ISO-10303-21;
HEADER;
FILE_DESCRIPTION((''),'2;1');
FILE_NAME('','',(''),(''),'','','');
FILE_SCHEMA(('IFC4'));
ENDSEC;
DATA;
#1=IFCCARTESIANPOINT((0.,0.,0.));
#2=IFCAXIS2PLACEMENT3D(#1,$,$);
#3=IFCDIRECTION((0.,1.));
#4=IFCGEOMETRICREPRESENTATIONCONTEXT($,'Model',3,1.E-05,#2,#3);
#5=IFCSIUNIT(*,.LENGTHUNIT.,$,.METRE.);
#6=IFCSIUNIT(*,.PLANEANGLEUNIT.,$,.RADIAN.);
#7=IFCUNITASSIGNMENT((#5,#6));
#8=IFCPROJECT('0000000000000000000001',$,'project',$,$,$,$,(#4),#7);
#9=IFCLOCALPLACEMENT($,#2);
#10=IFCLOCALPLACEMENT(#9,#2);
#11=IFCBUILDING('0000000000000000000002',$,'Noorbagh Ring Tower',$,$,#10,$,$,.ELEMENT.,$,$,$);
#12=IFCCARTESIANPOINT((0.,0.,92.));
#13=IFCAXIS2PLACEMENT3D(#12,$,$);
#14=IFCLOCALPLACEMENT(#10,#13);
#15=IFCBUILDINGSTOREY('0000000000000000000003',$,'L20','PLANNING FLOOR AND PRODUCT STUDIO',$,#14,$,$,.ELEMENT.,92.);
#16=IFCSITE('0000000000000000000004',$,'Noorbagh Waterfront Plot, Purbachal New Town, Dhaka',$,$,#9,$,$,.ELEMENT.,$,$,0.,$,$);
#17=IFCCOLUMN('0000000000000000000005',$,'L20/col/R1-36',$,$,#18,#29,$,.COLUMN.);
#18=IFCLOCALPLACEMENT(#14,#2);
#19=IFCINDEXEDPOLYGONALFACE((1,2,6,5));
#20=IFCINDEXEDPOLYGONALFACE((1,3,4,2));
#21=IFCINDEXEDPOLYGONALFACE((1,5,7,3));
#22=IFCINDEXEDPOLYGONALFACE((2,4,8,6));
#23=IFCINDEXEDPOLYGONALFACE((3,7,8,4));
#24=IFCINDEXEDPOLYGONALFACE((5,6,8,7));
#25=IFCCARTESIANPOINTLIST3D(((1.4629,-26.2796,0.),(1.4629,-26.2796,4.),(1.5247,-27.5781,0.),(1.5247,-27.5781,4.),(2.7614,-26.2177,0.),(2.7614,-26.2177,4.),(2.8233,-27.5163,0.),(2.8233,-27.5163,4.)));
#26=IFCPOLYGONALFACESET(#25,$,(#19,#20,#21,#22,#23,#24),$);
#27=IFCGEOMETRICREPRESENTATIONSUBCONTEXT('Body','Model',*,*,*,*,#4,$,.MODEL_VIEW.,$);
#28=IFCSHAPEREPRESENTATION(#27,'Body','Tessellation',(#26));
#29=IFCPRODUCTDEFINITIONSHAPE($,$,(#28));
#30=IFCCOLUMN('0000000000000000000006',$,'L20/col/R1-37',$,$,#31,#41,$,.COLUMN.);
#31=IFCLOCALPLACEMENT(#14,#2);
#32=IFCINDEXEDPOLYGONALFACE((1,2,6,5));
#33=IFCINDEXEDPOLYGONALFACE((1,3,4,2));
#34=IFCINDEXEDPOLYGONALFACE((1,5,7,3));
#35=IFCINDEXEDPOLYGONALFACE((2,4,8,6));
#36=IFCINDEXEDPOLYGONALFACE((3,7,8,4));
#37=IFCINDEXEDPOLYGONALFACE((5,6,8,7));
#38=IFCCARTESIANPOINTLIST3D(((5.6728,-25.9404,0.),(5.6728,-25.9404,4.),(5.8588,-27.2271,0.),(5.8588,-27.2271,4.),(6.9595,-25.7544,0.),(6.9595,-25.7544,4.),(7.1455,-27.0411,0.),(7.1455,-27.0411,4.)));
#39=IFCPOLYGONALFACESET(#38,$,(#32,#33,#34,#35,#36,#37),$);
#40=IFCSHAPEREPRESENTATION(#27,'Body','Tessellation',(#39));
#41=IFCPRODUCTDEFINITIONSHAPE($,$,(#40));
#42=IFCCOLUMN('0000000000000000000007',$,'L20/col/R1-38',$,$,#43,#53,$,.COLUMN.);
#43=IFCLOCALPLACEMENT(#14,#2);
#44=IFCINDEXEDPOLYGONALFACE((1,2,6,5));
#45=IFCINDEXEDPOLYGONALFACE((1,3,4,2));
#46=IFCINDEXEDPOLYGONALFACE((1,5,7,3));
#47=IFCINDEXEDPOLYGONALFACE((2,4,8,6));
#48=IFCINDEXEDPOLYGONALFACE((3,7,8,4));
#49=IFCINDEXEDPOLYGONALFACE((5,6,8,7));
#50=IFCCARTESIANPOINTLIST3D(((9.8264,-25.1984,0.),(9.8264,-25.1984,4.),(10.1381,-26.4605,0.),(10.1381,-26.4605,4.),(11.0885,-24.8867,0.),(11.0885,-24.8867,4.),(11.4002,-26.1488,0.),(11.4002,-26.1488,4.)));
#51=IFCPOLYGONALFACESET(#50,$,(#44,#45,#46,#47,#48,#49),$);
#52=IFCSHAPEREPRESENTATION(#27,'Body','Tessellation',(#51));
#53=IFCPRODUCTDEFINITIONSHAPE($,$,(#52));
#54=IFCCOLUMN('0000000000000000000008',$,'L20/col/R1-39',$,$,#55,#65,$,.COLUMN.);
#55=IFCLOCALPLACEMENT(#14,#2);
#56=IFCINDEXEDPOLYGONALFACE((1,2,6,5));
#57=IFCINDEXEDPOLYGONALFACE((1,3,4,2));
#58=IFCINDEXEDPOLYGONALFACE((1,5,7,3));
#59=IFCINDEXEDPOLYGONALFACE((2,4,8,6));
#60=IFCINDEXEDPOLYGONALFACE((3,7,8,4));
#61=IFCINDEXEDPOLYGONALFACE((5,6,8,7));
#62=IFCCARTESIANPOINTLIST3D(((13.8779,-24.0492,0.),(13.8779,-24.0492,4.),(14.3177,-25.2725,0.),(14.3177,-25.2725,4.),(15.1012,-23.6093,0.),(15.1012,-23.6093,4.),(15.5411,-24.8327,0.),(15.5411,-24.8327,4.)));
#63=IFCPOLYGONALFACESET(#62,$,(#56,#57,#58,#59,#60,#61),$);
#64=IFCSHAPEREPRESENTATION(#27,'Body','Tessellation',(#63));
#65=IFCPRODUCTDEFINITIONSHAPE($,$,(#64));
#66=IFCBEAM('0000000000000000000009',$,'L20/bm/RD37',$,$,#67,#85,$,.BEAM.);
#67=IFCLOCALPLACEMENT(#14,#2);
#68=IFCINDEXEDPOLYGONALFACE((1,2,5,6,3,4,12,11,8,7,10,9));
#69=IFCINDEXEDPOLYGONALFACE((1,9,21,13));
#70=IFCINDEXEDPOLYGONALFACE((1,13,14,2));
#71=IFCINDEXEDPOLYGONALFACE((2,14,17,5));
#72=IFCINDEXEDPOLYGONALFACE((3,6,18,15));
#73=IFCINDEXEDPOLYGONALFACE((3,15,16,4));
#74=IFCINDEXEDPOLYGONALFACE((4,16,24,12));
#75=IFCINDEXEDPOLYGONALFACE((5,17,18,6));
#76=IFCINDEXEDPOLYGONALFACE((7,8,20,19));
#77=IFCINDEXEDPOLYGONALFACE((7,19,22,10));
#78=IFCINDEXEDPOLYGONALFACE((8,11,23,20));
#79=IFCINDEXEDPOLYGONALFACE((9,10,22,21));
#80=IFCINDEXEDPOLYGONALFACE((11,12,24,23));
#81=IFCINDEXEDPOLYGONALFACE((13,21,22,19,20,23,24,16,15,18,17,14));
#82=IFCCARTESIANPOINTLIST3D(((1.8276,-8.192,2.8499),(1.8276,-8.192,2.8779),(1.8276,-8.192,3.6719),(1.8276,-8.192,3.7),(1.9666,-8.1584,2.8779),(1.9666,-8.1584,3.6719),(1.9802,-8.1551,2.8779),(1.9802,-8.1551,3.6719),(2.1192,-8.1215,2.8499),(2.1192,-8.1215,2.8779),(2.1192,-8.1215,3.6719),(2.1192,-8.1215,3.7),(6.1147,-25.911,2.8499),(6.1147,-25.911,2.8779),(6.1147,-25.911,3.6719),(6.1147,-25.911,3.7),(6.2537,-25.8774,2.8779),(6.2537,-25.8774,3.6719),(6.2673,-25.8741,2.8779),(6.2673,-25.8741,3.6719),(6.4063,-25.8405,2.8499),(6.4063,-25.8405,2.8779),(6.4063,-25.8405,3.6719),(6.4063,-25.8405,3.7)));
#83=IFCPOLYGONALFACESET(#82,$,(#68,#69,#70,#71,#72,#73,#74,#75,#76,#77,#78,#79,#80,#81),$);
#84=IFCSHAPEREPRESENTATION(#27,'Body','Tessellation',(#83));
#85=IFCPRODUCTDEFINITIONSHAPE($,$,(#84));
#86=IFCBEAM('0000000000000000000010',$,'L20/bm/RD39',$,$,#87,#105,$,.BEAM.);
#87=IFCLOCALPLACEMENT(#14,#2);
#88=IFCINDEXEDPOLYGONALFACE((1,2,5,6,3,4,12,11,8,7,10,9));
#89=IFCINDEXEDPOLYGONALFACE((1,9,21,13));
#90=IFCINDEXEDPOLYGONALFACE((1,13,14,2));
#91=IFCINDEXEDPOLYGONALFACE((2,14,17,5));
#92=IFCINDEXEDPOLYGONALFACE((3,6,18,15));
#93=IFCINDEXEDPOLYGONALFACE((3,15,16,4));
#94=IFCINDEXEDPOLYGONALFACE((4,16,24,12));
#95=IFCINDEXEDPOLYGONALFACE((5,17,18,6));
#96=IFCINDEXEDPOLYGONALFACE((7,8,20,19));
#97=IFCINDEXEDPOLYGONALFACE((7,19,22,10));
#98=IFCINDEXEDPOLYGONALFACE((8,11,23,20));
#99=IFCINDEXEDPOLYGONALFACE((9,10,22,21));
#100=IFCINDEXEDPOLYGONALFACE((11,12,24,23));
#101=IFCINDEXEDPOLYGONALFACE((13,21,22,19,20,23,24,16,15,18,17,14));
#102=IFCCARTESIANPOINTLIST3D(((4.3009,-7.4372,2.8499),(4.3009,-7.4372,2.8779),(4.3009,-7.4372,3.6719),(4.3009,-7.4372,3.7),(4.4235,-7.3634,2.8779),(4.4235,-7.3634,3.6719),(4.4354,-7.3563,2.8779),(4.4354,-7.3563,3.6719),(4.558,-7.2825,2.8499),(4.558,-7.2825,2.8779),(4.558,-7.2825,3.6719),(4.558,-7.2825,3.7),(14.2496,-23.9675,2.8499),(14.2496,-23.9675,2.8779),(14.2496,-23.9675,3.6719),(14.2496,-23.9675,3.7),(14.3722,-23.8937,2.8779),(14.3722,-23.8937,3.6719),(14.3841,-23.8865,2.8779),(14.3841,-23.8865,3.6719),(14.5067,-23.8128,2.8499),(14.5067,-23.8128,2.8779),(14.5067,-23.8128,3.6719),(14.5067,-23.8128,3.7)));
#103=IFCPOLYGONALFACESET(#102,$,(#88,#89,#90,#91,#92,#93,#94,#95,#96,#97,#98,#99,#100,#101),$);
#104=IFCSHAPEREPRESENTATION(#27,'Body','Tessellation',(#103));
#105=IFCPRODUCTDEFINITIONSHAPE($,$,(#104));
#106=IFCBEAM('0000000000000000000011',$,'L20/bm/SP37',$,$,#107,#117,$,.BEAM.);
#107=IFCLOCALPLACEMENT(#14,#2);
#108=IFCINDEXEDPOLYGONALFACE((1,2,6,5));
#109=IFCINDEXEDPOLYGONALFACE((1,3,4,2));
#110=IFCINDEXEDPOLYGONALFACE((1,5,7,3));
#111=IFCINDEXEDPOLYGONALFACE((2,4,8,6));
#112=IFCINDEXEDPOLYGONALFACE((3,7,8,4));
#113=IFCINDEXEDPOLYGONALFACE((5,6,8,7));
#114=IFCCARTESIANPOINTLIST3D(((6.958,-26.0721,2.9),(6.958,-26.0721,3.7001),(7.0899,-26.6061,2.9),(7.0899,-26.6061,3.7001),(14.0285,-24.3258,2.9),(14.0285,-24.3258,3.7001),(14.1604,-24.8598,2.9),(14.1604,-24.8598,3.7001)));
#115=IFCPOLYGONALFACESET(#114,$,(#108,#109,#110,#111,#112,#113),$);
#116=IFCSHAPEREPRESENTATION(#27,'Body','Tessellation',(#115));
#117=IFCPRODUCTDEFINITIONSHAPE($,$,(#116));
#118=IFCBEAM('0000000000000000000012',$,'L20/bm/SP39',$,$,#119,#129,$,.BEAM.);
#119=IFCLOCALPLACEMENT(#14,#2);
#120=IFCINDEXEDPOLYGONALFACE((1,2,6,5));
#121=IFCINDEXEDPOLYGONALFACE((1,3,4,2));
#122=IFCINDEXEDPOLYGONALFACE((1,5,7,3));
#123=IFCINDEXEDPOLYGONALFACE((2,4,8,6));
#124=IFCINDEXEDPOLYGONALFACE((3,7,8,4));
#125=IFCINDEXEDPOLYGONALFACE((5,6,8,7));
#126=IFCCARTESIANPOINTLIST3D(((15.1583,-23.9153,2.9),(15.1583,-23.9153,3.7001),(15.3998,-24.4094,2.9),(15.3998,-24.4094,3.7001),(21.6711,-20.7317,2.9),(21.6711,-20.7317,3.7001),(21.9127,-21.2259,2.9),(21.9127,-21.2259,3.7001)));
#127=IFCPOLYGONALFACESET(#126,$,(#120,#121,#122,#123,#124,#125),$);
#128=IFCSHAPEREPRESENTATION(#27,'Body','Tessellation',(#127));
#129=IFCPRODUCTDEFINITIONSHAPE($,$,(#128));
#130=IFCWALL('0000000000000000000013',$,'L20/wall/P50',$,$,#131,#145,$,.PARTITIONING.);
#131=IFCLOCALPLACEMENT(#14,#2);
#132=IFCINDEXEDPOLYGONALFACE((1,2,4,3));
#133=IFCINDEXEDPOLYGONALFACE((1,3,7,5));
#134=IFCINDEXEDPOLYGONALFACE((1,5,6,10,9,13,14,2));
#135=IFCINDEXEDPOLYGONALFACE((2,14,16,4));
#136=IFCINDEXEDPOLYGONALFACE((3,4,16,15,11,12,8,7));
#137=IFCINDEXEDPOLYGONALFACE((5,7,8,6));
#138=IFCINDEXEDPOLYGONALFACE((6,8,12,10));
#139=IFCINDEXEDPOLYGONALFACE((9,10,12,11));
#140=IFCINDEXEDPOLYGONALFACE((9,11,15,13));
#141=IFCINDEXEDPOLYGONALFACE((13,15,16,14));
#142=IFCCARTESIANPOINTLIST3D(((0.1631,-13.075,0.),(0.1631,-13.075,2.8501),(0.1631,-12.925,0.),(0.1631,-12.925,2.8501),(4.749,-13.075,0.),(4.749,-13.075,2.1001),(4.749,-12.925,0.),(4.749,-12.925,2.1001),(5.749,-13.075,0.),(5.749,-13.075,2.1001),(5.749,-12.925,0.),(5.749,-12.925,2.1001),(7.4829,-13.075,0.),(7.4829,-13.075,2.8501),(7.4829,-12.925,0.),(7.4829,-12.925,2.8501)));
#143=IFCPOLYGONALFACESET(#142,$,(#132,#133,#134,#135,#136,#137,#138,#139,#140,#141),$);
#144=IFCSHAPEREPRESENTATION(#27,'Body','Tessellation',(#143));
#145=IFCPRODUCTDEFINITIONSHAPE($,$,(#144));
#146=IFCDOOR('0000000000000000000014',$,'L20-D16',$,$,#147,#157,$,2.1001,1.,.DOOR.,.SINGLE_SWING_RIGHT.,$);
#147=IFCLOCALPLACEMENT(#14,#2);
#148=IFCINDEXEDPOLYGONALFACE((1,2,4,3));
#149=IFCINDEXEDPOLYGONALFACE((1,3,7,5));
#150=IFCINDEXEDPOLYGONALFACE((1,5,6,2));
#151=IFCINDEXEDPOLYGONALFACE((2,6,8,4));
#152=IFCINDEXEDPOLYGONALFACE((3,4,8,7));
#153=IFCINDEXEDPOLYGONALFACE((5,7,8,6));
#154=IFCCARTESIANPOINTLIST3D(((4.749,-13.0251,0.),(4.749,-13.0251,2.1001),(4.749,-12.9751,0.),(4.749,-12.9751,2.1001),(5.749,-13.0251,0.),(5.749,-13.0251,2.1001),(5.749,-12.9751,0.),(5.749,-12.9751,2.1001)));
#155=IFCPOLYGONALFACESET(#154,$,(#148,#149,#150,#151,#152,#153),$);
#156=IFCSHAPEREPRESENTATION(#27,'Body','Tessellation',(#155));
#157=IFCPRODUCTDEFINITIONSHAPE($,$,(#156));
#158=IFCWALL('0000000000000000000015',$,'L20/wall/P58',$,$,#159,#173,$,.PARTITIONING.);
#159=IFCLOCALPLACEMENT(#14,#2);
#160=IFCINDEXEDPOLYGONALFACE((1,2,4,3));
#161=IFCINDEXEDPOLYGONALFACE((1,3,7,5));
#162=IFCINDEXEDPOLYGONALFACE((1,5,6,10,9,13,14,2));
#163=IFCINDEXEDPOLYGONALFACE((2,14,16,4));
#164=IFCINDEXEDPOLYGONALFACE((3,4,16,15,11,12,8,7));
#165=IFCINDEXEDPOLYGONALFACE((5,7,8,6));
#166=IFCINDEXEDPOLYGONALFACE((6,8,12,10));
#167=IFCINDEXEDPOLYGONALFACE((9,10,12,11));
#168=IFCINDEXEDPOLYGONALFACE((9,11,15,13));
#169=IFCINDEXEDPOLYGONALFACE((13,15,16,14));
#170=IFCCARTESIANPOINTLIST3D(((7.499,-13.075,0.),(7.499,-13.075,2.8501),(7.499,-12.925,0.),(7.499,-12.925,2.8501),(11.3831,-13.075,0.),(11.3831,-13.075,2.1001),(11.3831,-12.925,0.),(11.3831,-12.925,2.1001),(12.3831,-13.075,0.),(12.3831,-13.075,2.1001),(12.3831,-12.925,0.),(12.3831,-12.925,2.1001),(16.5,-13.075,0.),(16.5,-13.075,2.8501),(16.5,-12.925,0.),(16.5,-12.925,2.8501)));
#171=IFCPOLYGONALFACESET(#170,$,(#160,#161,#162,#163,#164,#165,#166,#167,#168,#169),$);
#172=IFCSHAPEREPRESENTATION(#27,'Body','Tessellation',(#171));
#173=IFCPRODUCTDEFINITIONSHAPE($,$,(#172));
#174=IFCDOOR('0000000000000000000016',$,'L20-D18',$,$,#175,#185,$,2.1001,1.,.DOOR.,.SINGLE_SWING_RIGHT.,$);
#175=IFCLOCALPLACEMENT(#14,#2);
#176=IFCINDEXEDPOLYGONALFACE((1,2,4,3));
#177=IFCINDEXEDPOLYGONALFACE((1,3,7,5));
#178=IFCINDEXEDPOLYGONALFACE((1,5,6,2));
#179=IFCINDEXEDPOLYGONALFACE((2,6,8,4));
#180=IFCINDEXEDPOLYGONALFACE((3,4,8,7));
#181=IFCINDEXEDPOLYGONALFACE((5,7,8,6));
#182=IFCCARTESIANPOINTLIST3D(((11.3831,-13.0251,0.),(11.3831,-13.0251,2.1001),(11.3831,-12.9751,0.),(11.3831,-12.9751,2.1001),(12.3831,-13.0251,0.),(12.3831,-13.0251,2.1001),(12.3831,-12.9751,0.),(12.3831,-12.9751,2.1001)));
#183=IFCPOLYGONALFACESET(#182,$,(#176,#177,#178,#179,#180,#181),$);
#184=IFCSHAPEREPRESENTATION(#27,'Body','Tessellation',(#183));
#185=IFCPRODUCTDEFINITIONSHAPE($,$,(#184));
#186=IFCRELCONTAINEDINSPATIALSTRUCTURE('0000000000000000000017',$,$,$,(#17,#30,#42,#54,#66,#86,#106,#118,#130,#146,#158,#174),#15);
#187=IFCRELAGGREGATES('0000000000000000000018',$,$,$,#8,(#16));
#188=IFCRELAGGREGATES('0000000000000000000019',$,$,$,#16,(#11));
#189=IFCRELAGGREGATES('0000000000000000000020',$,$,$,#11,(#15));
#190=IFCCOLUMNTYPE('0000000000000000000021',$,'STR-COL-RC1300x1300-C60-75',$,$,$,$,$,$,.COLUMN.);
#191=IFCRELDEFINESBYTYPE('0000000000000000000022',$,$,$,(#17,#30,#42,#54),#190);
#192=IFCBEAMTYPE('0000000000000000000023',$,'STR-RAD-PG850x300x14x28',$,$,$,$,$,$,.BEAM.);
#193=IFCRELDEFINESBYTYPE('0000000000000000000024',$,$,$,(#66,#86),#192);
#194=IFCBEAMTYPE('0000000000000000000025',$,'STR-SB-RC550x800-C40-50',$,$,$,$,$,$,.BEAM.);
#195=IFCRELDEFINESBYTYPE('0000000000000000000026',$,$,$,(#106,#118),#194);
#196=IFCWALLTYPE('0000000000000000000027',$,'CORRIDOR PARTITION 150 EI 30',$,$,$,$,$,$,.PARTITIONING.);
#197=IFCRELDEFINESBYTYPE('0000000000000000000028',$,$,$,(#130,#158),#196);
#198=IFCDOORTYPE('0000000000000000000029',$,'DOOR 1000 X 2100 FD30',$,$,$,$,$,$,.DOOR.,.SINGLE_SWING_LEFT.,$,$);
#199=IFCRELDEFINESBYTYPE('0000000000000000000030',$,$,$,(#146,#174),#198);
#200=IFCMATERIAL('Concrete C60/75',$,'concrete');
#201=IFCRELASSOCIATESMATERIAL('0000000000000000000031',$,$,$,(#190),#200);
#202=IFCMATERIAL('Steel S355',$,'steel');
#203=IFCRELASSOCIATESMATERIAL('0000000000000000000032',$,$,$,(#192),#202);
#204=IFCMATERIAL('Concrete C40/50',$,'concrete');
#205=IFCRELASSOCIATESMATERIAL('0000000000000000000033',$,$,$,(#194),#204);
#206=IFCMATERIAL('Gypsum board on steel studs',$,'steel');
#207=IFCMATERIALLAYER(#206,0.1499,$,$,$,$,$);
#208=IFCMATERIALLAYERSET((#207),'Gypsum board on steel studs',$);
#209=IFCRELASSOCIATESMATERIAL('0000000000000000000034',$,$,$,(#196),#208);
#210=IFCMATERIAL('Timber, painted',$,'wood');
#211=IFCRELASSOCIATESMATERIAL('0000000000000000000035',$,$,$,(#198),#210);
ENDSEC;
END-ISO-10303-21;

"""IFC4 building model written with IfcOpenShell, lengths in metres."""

from ifc_helpers import new_model, si_unit, direction, frame, frame_2d, origin, origin_2d, place, context, subcontext, project, spatial, rectangle, i_section, extrude, material, layer, layer_set, material_profile, profile_set, type_object, element, fill, save


model = new_model("IFC4")

# Units and contexts
model_context = context("Model", 3, precision=1e-05, world=origin(), true_north=direction((0.0, 1.0)))
body_context = subcontext(model_context, "Body", "Model", "MODEL_VIEW")
ifc_project = project(units=[si_unit("LENGTHUNIT", "METRE"), si_unit("PLANEANGLEUNIT", "RADIAN")], contexts=[model_context])

# Site, building, storey
site_placement = place(None, origin())
site = spatial("IfcSite", under=ifc_project, at=site_placement, Name="Noorbagh Waterfront Plot, Purbachal New Town, Dhaka", CompositionType="ELEMENT", RefElevation=0.0)
building_placement = place(site_placement, origin())
building = spatial("IfcBuilding", under=site, at=building_placement, Name="Noorbagh Ring Tower", CompositionType="ELEMENT")
storey_placement = place(building_placement, frame((0.0, 0.0, 92.0)))
storey = spatial("IfcBuildingStorey", under=building, at=storey_placement, Name="L20", Description="PLANNING FLOOR AND PRODUCT STUDIO", CompositionType="ELEMENT", Elevation=92.0)

# Columns
ifc_material_1 = material(Name="Concrete C60/75", Category="concrete")
ifc_material_profile_1 = material_profile(ifc_material_1, rectangle(XDim=1.3, YDim=1.3, at=origin_2d()), Name="RC1300x1300")
ifc_profile_set_1 = profile_set([ifc_material_profile_1], Name="Concrete C60/75")
column_type = type_object("IfcColumnType", Name="STR-COL-RC1300x1300-C60-75", PredefinedType="COLUMN", material=ifc_profile_set_1)
for number, where, z_axis, x_axis, name in (
    (1, (2.1431, -26.8979, 0.0), (0.0, 0.0, 1.0), (0.998869, 0.047553, 0.0), "L20/col/R1-36"),
    (2, (6.4092, -26.4907, 0.0), (0.0, 0.0, 1.0), (0.989713, 0.143066, 0.0), "L20/col/R1-37"),
    (3, (10.6133, -25.6736, 0.0), (0.0, 0.0, 1.0), (0.970829, 0.239771, 0.0), "L20/col/R1-38"),
    (4, (14.7095, -24.4409, 0.0), (0.0, 0.0, 1.0), (0.941025, 0.338338, 0.0), "L20/col/R1-39"),
):
    element("IfcColumn", number, at=place(storey_placement, frame(where, z_axis=z_axis, x_axis=x_axis)), inside=storey, type_object=column_type, Name=name, PredefinedType="COLUMN", context=body_context, shape_type="SweptSolid", body=[
        extrude(rectangle(XDim=1.3, YDim=1.3, at=origin_2d()), origin(), (0.0, 0.0, 1.0), 4.0),
    ])

# Beams
ifc_material_2 = material(Name="Steel S355", Category="steel")
ifc_material_profile_2 = material_profile(ifc_material_2, i_section(OverallWidth=0.3, OverallDepth=0.8501, WebThickness=0.0139, FlangeThickness=0.0281, at=origin_2d()), Name="PG850x300x14x28")
ifc_profile_set_2 = profile_set([ifc_material_profile_2], Name="Steel S355")
beam_type_1 = type_object("IfcBeamType", Name="STR-RAD-PG850x300x14x28", PredefinedType="BEAM", material=ifc_profile_set_2)
beam_1_placement = place(storey_placement, frame((6.2605, -25.8757, 3.2749), z_axis=(-0.235165, 0.971956, 0.0), x_axis=(-0.971956, -0.235165, 0.0)))
element("IfcBeam", 5, at=beam_1_placement, inside=storey, type_object=beam_type_1, Name="L20/bm/RD37", PredefinedType="BEAM", context=body_context, shape_type="SweptSolid", body=[
    extrude(i_section(OverallWidth=0.3, OverallDepth=0.8501, WebThickness=0.0139, FlangeThickness=0.0281, at=origin_2d()), origin(), (0.0, 0.0, 1.0), 18.2302),
])
beam_2_placement = place(storey_placement, frame((14.3782, -23.8901, 3.2749), z_axis=(-0.51566, 0.856793, 0.0), x_axis=(-0.856793, -0.51566, 0.0)))
element("IfcBeam", 6, at=beam_2_placement, inside=storey, type_object=beam_type_1, Name="L20/bm/RD39", PredefinedType="BEAM", context=body_context, shape_type="SweptSolid", body=[
    extrude(i_section(OverallWidth=0.3, OverallDepth=0.8501, WebThickness=0.0139, FlangeThickness=0.0281, at=origin_2d()), origin(), (0.0, 0.0, 1.0), 19.2932),
])
ifc_material_3 = material(Name="Concrete C40/50", Category="concrete")
ifc_material_profile_3 = material_profile(ifc_material_3, rectangle(XDim=0.55, YDim=0.8, at=origin_2d()), Name="RC550x800")
ifc_profile_set_3 = profile_set([ifc_material_profile_3], Name="Concrete C40/50")
beam_type_2 = type_object("IfcBeamType", Name="STR-SB-RC550x800-C40-50", PredefinedType="BEAM", material=ifc_profile_set_3)
beam_3_placement = place(storey_placement, frame((7.0239, -26.3391, 3.3), z_axis=(0.970827, 0.239782, 0.0), x_axis=(-0.239782, 0.970827, 0.0)))
element("IfcBeam", 7, at=beam_3_placement, inside=storey, type_object=beam_type_2, Name="L20/bm/SP37", PredefinedType="BEAM", context=body_context, shape_type="SweptSolid", body=[
    extrude(rectangle(XDim=0.55, YDim=0.8, at=origin_2d()), origin(), (0.0, 0.0, 1.0), 7.283),
])
beam_4_placement = place(storey_placement, frame((15.2791, -24.1624, 3.3), z_axis=(0.898412, 0.439153, 0.0), x_axis=(-0.439153, 0.898412, 0.0)))
element("IfcBeam", 8, at=beam_4_placement, inside=storey, type_object=beam_type_2, Name="L20/bm/SP39", PredefinedType="BEAM", context=body_context, shape_type="SweptSolid", body=[
    extrude(rectangle(XDim=0.55, YDim=0.8, at=origin_2d()), origin(), (0.0, 0.0, 1.0), 7.2493),
])

# Walls, openings, doors
ifc_material_4 = material(Name="Gypsum board on steel studs", Category="steel")
ifc_layer_1 = layer(ifc_material_4, 0.1499)
ifc_layer_set_1 = layer_set([ifc_layer_1], Name="Gypsum board on steel studs")
wall_type_1 = type_object("IfcWallType", Name="CORRIDOR PARTITION 150 EI 30", PredefinedType="PARTITIONING", material=ifc_layer_set_1)
wall_1_placement = place(storey_placement, frame((0.1631, -13.0, 0.0), z_axis=(0.0, 0.0, 1.0), x_axis=(1.0, 0.0, 0.0)))
wall_1 = element("IfcWall", 9, at=wall_1_placement, inside=storey, type_object=wall_type_1, Name="L20/wall/P50", PredefinedType="PARTITIONING", context=body_context, shape_type="SweptSolid", body=[
    extrude(rectangle(XDim=7.3198, YDim=0.1499, at=frame_2d((3.6599, 0.0))), origin(), (0.0, 0.0, 1.0), 2.8501),
])
opening_1_placement = place(wall_1_placement, frame((4.5859, 0.0, 0.0)))
opening_1 = element("IfcOpeningElement", 10, at=opening_1_placement, cuts=wall_1, PredefinedType="OPENING", context=body_context, shape_type="SweptSolid", body=[
    extrude(rectangle(XDim=1.0, YDim=2.1001, at=frame_2d((0.5, 1.05))), frame((0.0, 0.085, 0.0), z_axis=(0.0, -1.0, 0.0), x_axis=(1.0, 0.0, 0.0)), (0.0, 0.0, 1.0), 0.1699),
])
ifc_material_5 = material(Name="Timber, painted", Category="wood")
door_type_1 = type_object("IfcDoorType", Name="DOOR 1000 X 2100 FD30", OperationType="SINGLE_SWING_LEFT", PredefinedType="DOOR", material=ifc_material_5)
door_1_placement = place(opening_1_placement, origin())
door_1 = element("IfcDoor", 11, at=door_1_placement, inside=storey, type_object=door_type_1, Name="L20-D16", OperationType="SINGLE_SWING_RIGHT", OverallHeight=2.1001, OverallWidth=1.0, PredefinedType="DOOR", context=body_context, shape_type="SweptSolid", body=[
    extrude(rectangle(XDim=1.0, YDim=2.1001, at=frame_2d((0.5, 1.05))), frame((0.0, 0.0249, 0.0), z_axis=(0.0, -1.0, 0.0), x_axis=(1.0, 0.0, 0.0)), (0.0, 0.0, 1.0), 0.05),
])
fill(opening_1, door_1)
wall_2_placement = place(storey_placement, frame((7.499, -13.0, 0.0), z_axis=(0.0, 0.0, 1.0), x_axis=(1.0, 0.0, 0.0)))
wall_2 = element("IfcWall", 12, at=wall_2_placement, inside=storey, type_object=wall_type_1, Name="L20/wall/P58", PredefinedType="PARTITIONING", context=body_context, shape_type="SweptSolid", body=[
    extrude(rectangle(XDim=9.001, YDim=0.1499, at=frame_2d((4.5005, 0.0))), origin(), (0.0, 0.0, 1.0), 2.8501),
])
opening_2_placement = place(wall_2_placement, frame((3.884, 0.0, 0.0)))
opening_2 = element("IfcOpeningElement", 13, at=opening_2_placement, cuts=wall_2, PredefinedType="OPENING", context=body_context, shape_type="SweptSolid", body=[
    extrude(rectangle(XDim=1.0, YDim=2.1001, at=frame_2d((0.5, 1.05))), frame((0.0, 0.085, 0.0), z_axis=(0.0, -1.0, 0.0), x_axis=(1.0, 0.0, 0.0)), (0.0, 0.0, 1.0), 0.1699),
])
door_2_placement = place(opening_2_placement, origin())
door_2 = element("IfcDoor", 14, at=door_2_placement, inside=storey, type_object=door_type_1, Name="L20-D18", OperationType="SINGLE_SWING_RIGHT", OverallHeight=2.1001, OverallWidth=1.0, PredefinedType="DOOR", context=body_context, shape_type="SweptSolid", body=[
    extrude(rectangle(XDim=1.0, YDim=2.1001, at=frame_2d((0.5, 1.05))), frame((0.0, 0.0249, 0.0), z_axis=(0.0, -1.0, 0.0), x_axis=(1.0, 0.0, 0.0)), (0.0, 0.0, 1.0), 0.05),
])
fill(opening_2, door_2)

save(model, "model.ifc")
